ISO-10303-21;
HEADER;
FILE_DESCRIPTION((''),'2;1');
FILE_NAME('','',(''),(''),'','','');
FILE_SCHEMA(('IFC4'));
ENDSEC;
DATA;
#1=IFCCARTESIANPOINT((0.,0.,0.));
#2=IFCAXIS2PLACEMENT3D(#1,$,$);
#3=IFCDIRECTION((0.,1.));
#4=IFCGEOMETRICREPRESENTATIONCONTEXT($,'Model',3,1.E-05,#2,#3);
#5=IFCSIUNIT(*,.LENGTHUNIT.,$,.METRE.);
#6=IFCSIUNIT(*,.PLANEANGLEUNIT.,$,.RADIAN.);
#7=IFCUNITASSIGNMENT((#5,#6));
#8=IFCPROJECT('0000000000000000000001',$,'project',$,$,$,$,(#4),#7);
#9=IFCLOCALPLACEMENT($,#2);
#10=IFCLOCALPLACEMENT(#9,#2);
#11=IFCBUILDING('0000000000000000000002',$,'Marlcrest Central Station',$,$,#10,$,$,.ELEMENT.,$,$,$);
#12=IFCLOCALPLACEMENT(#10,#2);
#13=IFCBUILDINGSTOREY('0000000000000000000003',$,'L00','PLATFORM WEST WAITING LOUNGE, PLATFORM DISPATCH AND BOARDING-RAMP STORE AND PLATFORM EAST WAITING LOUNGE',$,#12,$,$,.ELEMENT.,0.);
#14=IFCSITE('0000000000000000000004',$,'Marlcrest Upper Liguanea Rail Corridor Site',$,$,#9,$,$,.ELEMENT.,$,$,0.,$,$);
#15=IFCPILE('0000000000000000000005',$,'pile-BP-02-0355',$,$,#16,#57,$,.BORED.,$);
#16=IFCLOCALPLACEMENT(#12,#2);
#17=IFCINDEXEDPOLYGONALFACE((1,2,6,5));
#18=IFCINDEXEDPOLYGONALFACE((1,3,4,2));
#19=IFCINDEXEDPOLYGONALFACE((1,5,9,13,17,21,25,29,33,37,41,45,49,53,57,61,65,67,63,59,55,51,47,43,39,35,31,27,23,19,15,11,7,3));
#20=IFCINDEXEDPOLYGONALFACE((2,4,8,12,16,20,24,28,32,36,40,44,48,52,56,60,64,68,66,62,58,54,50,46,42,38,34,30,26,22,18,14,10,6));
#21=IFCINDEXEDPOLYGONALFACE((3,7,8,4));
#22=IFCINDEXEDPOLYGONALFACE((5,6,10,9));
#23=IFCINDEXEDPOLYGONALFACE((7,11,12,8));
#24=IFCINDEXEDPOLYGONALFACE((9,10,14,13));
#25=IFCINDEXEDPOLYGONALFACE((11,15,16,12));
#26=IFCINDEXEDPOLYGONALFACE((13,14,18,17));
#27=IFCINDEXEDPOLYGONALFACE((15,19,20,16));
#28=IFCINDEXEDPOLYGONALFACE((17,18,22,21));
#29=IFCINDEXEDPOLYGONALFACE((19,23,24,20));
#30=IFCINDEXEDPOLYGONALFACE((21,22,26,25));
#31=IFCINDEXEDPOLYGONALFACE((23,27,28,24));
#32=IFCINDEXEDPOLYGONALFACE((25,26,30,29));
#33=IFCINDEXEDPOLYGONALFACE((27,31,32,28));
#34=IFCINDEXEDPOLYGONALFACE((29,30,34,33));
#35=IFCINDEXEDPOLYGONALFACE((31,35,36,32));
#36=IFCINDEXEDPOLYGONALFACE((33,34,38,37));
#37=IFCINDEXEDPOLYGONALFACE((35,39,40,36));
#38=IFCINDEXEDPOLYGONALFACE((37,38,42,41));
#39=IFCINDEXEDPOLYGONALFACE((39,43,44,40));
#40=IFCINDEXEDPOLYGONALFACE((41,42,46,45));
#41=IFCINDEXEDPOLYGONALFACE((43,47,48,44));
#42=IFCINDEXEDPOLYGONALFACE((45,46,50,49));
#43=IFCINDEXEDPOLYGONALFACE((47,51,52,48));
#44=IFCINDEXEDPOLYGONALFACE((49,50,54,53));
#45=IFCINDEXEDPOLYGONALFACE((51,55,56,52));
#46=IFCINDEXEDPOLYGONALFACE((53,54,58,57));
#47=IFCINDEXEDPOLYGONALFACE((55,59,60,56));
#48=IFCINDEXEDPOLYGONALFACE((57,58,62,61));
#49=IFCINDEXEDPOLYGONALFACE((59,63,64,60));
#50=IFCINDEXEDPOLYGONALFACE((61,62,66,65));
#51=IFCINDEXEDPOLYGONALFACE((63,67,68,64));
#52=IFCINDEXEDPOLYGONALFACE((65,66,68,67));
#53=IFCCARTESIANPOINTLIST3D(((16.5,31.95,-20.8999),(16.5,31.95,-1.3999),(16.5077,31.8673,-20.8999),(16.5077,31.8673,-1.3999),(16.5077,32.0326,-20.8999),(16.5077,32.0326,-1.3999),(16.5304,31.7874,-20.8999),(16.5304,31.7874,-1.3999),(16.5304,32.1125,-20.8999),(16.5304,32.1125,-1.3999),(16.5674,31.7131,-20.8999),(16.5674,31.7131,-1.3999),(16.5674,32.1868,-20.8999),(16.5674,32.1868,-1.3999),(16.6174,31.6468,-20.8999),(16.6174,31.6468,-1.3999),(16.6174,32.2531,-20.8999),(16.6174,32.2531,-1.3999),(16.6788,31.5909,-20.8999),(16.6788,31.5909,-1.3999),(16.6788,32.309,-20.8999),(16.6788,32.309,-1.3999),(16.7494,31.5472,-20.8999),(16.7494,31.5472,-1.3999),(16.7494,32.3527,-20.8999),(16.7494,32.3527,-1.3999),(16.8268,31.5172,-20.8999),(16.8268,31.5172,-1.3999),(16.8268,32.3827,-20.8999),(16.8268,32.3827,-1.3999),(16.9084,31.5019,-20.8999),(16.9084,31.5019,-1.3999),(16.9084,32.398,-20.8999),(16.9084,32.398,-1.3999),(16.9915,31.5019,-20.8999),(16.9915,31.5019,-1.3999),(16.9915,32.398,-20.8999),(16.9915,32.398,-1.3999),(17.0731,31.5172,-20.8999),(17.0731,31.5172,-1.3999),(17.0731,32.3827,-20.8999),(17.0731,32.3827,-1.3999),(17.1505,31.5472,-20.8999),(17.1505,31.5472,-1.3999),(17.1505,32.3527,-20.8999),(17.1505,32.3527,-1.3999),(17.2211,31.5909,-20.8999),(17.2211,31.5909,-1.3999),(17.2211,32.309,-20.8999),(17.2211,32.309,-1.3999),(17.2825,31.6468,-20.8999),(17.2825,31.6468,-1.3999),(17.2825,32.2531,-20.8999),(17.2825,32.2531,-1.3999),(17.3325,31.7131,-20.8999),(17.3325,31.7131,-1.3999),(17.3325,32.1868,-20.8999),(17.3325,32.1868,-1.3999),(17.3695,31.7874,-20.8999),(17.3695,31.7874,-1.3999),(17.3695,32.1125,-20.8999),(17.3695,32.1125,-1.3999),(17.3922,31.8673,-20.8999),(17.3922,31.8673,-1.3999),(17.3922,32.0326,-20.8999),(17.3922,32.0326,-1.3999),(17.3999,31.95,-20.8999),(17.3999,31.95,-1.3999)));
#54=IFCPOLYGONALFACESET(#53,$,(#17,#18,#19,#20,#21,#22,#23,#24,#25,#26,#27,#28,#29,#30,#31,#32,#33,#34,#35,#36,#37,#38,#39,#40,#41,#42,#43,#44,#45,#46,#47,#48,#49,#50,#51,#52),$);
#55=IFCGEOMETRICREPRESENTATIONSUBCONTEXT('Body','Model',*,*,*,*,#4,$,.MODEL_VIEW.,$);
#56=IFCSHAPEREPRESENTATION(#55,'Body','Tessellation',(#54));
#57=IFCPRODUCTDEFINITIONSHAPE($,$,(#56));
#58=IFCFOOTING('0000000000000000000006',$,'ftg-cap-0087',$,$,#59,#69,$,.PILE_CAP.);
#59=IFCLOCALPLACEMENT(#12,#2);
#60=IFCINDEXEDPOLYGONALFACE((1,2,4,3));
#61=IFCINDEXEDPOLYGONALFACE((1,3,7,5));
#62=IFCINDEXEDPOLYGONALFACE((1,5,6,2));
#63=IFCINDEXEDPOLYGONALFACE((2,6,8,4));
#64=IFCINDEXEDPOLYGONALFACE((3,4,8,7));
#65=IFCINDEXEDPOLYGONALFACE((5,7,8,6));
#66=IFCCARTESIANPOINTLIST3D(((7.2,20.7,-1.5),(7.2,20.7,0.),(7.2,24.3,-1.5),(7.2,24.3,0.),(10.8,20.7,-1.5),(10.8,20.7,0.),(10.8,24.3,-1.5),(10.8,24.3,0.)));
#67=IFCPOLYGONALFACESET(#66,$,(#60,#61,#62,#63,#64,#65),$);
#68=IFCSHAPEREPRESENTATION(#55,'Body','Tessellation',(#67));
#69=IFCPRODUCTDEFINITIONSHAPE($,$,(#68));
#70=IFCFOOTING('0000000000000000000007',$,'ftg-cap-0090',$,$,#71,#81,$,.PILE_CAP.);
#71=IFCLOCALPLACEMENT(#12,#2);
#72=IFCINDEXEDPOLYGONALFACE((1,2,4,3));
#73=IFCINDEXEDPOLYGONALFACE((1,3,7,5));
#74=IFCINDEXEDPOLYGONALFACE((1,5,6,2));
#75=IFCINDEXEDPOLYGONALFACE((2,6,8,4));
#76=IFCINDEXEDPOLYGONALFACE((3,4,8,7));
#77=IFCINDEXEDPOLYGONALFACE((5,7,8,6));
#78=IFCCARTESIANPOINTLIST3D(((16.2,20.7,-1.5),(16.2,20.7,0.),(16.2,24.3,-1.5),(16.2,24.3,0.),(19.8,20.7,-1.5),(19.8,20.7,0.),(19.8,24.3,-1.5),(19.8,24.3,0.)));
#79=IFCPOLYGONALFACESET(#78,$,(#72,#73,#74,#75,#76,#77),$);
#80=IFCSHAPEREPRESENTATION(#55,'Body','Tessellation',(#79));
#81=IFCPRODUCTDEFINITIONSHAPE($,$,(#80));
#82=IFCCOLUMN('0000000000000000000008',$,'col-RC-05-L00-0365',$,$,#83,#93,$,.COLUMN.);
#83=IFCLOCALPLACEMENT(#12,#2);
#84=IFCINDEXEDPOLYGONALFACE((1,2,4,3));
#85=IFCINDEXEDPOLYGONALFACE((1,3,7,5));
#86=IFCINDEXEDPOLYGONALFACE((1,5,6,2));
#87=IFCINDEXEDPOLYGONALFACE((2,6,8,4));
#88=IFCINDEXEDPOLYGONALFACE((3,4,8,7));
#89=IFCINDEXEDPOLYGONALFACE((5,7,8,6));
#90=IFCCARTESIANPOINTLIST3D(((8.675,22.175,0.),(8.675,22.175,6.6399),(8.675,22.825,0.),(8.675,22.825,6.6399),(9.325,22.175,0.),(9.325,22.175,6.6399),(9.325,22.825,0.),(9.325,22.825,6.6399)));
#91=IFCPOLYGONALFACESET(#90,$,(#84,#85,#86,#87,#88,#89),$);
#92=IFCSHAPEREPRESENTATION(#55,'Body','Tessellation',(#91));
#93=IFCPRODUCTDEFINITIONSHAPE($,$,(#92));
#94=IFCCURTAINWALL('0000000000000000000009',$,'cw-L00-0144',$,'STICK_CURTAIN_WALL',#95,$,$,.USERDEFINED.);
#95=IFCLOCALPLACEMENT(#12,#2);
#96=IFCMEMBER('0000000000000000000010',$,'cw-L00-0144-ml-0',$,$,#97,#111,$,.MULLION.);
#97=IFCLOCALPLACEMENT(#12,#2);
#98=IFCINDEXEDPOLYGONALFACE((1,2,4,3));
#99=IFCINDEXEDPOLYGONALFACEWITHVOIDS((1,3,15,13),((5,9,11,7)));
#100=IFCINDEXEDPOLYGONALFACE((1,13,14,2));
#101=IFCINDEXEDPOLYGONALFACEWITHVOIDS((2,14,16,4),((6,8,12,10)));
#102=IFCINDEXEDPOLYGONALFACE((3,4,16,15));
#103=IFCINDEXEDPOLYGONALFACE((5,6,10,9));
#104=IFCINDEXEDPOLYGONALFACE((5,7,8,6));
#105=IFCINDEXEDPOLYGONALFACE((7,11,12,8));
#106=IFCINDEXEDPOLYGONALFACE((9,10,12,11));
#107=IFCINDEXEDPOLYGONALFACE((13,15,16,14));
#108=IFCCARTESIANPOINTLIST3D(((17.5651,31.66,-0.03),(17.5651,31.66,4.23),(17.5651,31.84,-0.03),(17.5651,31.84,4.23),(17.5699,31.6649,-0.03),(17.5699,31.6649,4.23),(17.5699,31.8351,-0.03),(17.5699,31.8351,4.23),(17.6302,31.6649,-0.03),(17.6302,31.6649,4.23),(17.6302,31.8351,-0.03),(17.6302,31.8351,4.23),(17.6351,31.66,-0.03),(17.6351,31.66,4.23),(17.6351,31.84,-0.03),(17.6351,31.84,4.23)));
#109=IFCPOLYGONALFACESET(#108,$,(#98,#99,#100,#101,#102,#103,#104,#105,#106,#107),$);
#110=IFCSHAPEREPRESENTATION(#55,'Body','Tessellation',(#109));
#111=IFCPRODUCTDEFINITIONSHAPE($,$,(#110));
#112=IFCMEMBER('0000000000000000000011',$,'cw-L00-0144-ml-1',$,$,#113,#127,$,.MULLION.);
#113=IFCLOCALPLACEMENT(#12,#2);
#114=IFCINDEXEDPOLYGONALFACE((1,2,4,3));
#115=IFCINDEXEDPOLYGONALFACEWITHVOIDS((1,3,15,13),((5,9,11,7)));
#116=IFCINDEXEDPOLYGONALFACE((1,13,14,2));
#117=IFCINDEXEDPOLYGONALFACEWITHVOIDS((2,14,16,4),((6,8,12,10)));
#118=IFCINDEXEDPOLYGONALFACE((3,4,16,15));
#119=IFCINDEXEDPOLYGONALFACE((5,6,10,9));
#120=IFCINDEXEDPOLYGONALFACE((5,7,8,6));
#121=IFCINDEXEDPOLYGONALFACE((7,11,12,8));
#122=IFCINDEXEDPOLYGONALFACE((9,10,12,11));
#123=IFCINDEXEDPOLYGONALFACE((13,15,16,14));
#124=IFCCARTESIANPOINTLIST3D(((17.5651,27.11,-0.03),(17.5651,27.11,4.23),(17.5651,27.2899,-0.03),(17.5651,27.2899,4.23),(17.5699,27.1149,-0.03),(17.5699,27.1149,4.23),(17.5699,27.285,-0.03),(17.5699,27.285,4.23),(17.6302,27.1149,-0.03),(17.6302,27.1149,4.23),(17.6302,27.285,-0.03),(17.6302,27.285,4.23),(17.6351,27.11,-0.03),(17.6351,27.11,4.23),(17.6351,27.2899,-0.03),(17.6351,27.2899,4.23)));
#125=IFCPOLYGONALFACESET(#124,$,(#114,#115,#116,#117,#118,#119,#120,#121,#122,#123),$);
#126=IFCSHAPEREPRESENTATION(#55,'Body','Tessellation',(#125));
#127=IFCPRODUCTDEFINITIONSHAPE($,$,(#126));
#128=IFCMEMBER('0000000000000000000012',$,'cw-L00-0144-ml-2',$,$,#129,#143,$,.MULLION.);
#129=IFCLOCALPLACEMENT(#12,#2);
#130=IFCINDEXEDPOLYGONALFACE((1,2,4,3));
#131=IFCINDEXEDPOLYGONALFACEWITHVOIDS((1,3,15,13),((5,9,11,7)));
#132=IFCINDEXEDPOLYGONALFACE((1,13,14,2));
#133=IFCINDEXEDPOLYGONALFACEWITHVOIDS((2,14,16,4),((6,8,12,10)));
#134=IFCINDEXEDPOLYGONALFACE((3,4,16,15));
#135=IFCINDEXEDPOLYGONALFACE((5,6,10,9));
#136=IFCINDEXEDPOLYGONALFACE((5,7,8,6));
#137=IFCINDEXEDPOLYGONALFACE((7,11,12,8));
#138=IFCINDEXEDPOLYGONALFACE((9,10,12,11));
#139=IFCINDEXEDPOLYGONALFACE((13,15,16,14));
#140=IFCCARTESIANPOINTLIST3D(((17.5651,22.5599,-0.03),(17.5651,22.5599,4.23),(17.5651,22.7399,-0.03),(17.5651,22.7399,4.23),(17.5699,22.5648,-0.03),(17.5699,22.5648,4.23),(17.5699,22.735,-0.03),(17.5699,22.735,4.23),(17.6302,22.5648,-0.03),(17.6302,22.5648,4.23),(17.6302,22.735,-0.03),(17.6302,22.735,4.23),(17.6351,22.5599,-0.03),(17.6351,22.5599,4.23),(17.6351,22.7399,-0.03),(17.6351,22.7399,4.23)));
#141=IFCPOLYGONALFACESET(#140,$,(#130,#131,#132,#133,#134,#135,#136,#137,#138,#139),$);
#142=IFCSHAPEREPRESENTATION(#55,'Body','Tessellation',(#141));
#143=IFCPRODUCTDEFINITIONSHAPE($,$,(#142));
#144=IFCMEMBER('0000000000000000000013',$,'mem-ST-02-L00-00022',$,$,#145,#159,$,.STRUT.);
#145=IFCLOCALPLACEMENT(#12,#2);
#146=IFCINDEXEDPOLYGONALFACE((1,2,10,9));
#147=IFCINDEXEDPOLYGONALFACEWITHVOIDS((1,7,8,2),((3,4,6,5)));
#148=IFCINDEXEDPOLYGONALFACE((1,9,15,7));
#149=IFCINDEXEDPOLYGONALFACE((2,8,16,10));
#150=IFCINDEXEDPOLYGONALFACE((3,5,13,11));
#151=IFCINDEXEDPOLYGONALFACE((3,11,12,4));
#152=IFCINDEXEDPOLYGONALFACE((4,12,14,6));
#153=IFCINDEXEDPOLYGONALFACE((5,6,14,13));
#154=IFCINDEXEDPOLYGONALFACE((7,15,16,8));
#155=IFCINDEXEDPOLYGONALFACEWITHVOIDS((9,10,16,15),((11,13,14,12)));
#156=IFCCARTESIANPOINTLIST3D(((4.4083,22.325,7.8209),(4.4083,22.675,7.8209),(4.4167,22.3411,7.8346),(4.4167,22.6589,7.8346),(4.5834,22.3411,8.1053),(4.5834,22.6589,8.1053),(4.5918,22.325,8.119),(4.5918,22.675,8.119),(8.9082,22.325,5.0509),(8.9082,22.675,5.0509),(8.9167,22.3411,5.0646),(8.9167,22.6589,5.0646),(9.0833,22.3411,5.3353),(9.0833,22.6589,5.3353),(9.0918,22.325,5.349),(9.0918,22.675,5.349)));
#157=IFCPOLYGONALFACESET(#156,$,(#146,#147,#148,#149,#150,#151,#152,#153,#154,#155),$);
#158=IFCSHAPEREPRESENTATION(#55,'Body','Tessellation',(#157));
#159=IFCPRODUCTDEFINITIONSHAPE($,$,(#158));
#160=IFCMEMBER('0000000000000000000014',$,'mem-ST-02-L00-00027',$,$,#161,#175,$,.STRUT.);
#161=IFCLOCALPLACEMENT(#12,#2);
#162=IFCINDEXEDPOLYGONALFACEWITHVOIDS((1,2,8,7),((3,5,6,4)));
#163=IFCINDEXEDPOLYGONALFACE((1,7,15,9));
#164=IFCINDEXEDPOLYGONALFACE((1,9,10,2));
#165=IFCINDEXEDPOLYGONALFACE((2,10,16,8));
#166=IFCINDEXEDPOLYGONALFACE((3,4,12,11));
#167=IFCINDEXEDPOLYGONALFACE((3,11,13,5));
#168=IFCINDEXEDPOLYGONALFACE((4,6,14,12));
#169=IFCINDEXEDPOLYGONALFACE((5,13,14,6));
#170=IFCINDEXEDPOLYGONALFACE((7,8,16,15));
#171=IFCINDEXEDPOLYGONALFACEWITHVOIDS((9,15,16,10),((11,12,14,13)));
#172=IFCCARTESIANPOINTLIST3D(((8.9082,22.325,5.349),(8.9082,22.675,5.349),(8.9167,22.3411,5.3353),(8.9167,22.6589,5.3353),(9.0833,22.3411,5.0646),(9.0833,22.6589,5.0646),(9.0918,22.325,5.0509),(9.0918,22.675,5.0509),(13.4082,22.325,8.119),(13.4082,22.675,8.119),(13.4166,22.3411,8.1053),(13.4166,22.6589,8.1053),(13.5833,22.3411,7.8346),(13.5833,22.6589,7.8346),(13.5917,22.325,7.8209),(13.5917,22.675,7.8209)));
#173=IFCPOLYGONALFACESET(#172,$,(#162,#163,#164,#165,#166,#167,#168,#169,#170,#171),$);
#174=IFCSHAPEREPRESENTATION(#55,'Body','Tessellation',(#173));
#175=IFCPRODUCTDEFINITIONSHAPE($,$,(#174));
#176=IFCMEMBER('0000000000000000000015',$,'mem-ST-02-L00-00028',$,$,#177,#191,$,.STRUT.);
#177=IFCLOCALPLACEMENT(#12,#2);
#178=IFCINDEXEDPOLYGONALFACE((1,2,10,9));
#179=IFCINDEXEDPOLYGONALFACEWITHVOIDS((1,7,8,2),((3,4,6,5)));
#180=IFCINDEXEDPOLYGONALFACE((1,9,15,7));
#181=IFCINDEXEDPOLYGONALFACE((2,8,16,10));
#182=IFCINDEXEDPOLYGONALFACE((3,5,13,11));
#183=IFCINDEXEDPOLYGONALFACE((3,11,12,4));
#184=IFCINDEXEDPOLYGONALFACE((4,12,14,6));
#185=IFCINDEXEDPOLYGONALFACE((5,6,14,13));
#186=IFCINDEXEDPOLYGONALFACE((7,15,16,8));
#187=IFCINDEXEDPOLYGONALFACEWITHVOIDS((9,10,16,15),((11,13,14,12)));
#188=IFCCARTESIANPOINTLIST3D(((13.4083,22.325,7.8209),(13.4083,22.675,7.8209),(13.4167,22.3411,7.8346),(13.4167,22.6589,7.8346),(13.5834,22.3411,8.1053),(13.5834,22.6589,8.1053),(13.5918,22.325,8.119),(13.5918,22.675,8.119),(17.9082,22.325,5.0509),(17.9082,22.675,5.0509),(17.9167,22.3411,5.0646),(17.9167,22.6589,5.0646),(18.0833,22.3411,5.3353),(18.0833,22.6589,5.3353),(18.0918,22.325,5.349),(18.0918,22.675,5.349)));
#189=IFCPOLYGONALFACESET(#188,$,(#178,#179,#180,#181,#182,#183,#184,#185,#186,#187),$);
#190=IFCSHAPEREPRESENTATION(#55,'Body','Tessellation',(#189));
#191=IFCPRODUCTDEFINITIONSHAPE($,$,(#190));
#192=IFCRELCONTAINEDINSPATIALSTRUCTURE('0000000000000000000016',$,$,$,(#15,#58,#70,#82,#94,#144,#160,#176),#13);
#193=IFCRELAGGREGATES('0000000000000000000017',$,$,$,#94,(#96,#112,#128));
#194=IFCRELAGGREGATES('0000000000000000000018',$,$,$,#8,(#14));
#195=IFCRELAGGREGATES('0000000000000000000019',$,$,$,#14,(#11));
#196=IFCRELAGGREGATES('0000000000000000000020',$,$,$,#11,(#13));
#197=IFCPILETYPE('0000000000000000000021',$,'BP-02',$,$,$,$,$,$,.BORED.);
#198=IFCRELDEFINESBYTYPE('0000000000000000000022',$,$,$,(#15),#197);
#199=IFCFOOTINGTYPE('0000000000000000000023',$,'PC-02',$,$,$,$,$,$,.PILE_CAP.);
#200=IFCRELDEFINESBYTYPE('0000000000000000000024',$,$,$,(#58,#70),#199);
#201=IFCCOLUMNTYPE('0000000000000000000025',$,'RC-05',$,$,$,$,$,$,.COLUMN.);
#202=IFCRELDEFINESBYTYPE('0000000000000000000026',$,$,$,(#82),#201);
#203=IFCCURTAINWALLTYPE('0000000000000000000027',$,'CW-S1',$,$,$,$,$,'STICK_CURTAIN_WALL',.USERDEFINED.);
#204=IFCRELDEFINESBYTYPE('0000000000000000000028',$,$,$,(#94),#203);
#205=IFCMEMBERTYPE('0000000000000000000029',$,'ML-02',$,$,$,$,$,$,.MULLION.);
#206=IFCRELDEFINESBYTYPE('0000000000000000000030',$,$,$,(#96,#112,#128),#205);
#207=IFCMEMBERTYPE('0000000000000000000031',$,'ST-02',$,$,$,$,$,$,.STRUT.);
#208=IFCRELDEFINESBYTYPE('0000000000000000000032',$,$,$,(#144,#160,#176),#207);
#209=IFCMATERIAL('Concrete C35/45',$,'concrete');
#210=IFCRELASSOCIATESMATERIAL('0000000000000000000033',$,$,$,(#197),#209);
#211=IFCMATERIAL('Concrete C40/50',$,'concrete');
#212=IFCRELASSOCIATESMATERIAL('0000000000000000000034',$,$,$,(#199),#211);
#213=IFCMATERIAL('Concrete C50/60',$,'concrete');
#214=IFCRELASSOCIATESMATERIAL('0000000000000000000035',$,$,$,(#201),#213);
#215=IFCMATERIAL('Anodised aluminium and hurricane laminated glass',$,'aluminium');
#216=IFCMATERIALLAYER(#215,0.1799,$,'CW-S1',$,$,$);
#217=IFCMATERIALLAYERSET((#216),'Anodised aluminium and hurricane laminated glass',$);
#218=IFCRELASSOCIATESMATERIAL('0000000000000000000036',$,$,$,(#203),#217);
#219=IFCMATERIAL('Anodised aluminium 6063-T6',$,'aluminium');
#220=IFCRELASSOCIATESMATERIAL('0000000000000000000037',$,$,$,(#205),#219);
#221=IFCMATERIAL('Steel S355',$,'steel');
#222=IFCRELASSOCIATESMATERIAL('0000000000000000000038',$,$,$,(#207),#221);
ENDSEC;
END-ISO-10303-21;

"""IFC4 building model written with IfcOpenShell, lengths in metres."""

from ifc_helpers import new_model, si_unit, direction, frame, origin, origin_2d, place, context, subcontext, project, spatial, rectangle, hollow_rectangle, circle, extrude, material, layer, layer_set, material_profile, profile_set, type_object, element, aggregate, save


model = new_model("IFC4")

# Units and contexts
model_context = context("Model", 3, precision=1e-05, world=origin(), true_north=direction((0.0, 1.0)))
body_context = subcontext(model_context, "Body", "Model", "MODEL_VIEW")
ifc_project = project(units=[si_unit("LENGTHUNIT", "METRE"), si_unit("PLANEANGLEUNIT", "RADIAN")], contexts=[model_context])

# Site, building, storey
site_placement = place(None, origin())
site = spatial("IfcSite", under=ifc_project, at=site_placement, Name="Marlcrest Upper Liguanea Rail Corridor Site", CompositionType="ELEMENT", RefElevation=0.0)
building_placement = place(site_placement, origin())
building = spatial("IfcBuilding", under=site, at=building_placement, Name="Marlcrest Central Station", CompositionType="ELEMENT")
storey_placement = place(building_placement, origin())
storey = spatial("IfcBuildingStorey", under=building, at=storey_placement, Name="L00", Description="PLATFORM WEST WAITING LOUNGE, PLATFORM DISPATCH AND BOARDING-RAMP STORE AND PLATFORM EAST WAITING LOUNGE", CompositionType="ELEMENT", Elevation=0.0)

# Pile
ifc_material_1 = material(Name="Concrete C35/45", Category="concrete")
ifc_material_profile_1 = material_profile(ifc_material_1, circle(Radius=0.45, at=origin_2d()), Name="PILE D900")
ifc_profile_set_1 = profile_set([ifc_material_profile_1], Name="Concrete C35/45")
pile_type = type_object("IfcPileType", Name="BP-02", PredefinedType="BORED", material=ifc_profile_set_1)
for number, where, z_axis, x_axis, name in (
    (1, (16.95, 31.95, -1.3999), (0.0, 0.0, -1.0), (1.0, 0.0, 0.0), "pile-BP-02-0355"),
):
    element("IfcPile", number, at=place(storey_placement, frame(where, z_axis=z_axis, x_axis=x_axis)), inside=storey, type_object=pile_type, Name=name, PredefinedType="BORED", context=body_context, shape_type="SweptSolid", body=[
        extrude(circle(Radius=0.45, at=origin_2d()), origin(), (0.0, 0.0, 1.0), 19.5),
    ])

# Footings
ifc_material_2 = material(Name="Concrete C40/50", Category="concrete")
footing_type = type_object("IfcFootingType", Name="PC-02", PredefinedType="PILE_CAP", material=ifc_material_2)
for number, where, z_axis, x_axis, name in (
    (2, (9.0, 22.5, -1.5), (0.0, 0.0, 1.0), (1.0, 0.0, 0.0), "ftg-cap-0087"),
    (3, (18.0, 22.5, -1.5), (0.0, 0.0, 1.0), (1.0, 0.0, 0.0), "ftg-cap-0090"),
):
    element("IfcFooting", number, at=place(storey_placement, frame(where, z_axis=z_axis, x_axis=x_axis)), inside=storey, type_object=footing_type, Name=name, PredefinedType="PILE_CAP", context=body_context, shape_type="SweptSolid", body=[
        extrude(rectangle(XDim=3.6001, YDim=3.6001, at=origin_2d()), origin(), (0.0, 0.0, 1.0), 1.5),
    ])

# Column
ifc_material_3 = material(Name="Concrete C50/60", Category="concrete")
ifc_material_profile_2 = material_profile(ifc_material_3, rectangle(XDim=0.6499, YDim=0.6499, at=origin_2d()), Name="RC 650x650")
ifc_profile_set_2 = profile_set([ifc_material_profile_2], Name="Concrete C50/60")
column_type = type_object("IfcColumnType", Name="RC-05", PredefinedType="COLUMN", material=ifc_profile_set_2)
column_placement = place(storey_placement, frame((9.0, 22.5, 0.0), z_axis=(0.0, 0.0, 1.0), x_axis=(1.0, 0.0, 0.0)))
element("IfcColumn", 4, at=column_placement, inside=storey, type_object=column_type, Name="col-RC-05-L00-0365", PredefinedType="COLUMN", context=body_context, shape_type="SweptSolid", body=[
    extrude(rectangle(XDim=0.6499, YDim=0.6499, at=origin_2d()), origin(), (0.0, 0.0, 1.0), 6.6399),
])

# Curtain wall, members
ifc_material_4 = material(Name="Anodised aluminium and hurricane laminated glass", Category="aluminium")
ifc_layer_1 = layer(ifc_material_4, 0.1799, Name="CW-S1")
ifc_layer_set_1 = layer_set([ifc_layer_1], Name="Anodised aluminium and hurricane laminated glass")
curtain_wall_type = type_object("IfcCurtainWallType", Name="CW-S1", ElementType="STICK_CURTAIN_WALL", PredefinedType="USERDEFINED", material=ifc_layer_set_1)
curtain_wall_placement = place(storey_placement, origin())
curtain_wall = element("IfcCurtainWall", 5, at=curtain_wall_placement, inside=storey, type_object=curtain_wall_type, Name="cw-L00-0144", ObjectType="STICK_CURTAIN_WALL", PredefinedType="USERDEFINED")
ifc_material_5 = material(Name="Anodised aluminium 6063-T6", Category="aluminium")
ifc_material_profile_3 = material_profile(ifc_material_5, hollow_rectangle(XDim=0.0701, YDim=0.1799, WallThickness=0.0049, at=origin_2d()), Name="AA-RHS 180x70x5")
ifc_profile_set_3 = profile_set([ifc_material_profile_3], Name="Anodised aluminium 6063-T6")
member_type_1 = type_object("IfcMemberType", Name="ML-02", PredefinedType="MULLION", material=ifc_profile_set_3)
member_1_placement = place(storey_placement, frame((17.6001, 31.75, -0.03), z_axis=(0.0, 0.0, 1.0), x_axis=(1.0, 0.0, 0.0)))
member_1 = element("IfcMember", 6, at=member_1_placement, type_object=member_type_1, Name="cw-L00-0144-ml-0", PredefinedType="MULLION", context=body_context, shape_type="SweptSolid", body=[
    extrude(hollow_rectangle(XDim=0.0701, YDim=0.1799, WallThickness=0.0049, at=origin_2d()), origin(), (0.0, 0.0, 1.0), 4.26),
])
member_2_placement = place(storey_placement, frame((17.6001, 27.2, -0.03), z_axis=(0.0, 0.0, 1.0), x_axis=(1.0, 0.0, 0.0)))
member_2 = element("IfcMember", 7, at=member_2_placement, type_object=member_type_1, Name="cw-L00-0144-ml-1", PredefinedType="MULLION", context=body_context, shape_type="SweptSolid", body=[
    extrude(hollow_rectangle(XDim=0.0701, YDim=0.1799, WallThickness=0.0049, at=origin_2d()), origin(), (0.0, 0.0, 1.0), 4.26),
])
member_3_placement = place(storey_placement, frame((17.6001, 22.6499, -0.03), z_axis=(0.0, 0.0, 1.0), x_axis=(1.0, 0.0, 0.0)))
member_3 = element("IfcMember", 8, at=member_3_placement, type_object=member_type_1, Name="cw-L00-0144-ml-2", PredefinedType="MULLION", context=body_context, shape_type="SweptSolid", body=[
    extrude(hollow_rectangle(XDim=0.0701, YDim=0.1799, WallThickness=0.0049, at=origin_2d()), origin(), (0.0, 0.0, 1.0), 4.26),
])

# Members
ifc_material_6 = material(Name="Steel S355", Category="steel")
ifc_material_profile_4 = material_profile(ifc_material_6, hollow_rectangle(XDim=0.3501, YDim=0.3501, WallThickness=0.0161, at=origin_2d()), Name="SHS 350x350x16")
ifc_profile_set_4 = profile_set([ifc_material_profile_4], Name="Steel S355")
member_type_2 = type_object("IfcMemberType", Name="ST-02", PredefinedType="STRUT", material=ifc_profile_set_4)
for number, where, z_axis, x_axis, name in (
    (9, (9.0, 22.5, 5.2), (-0.851592, 0.0, 0.524206), (0.0, -1.0, 0.0), "mem-ST-02-L00-00022"),
    (10, (9.0, 22.5, 5.2), (0.851592, 0.0, 0.524206), (0.0, 1.0, 0.0), "mem-ST-02-L00-00027"),
    (11, (18.0, 22.5, 5.2), (-0.851592, 0.0, 0.524206), (0.0, -1.0, 0.0), "mem-ST-02-L00-00028"),
):
    element("IfcMember", number, at=place(storey_placement, frame(where, z_axis=z_axis, x_axis=x_axis)), inside=storey, type_object=member_type_2, Name=name, PredefinedType="STRUT", context=body_context, shape_type="SweptSolid", body=[
        extrude(hollow_rectangle(XDim=0.3501, YDim=0.3501, WallThickness=0.0161, at=origin_2d()), origin(), (0.0, 0.0, 1.0), 5.2842),
    ])

aggregate(curtain_wall, [member_1, member_2, member_3])

save(model, "model.ifc")
